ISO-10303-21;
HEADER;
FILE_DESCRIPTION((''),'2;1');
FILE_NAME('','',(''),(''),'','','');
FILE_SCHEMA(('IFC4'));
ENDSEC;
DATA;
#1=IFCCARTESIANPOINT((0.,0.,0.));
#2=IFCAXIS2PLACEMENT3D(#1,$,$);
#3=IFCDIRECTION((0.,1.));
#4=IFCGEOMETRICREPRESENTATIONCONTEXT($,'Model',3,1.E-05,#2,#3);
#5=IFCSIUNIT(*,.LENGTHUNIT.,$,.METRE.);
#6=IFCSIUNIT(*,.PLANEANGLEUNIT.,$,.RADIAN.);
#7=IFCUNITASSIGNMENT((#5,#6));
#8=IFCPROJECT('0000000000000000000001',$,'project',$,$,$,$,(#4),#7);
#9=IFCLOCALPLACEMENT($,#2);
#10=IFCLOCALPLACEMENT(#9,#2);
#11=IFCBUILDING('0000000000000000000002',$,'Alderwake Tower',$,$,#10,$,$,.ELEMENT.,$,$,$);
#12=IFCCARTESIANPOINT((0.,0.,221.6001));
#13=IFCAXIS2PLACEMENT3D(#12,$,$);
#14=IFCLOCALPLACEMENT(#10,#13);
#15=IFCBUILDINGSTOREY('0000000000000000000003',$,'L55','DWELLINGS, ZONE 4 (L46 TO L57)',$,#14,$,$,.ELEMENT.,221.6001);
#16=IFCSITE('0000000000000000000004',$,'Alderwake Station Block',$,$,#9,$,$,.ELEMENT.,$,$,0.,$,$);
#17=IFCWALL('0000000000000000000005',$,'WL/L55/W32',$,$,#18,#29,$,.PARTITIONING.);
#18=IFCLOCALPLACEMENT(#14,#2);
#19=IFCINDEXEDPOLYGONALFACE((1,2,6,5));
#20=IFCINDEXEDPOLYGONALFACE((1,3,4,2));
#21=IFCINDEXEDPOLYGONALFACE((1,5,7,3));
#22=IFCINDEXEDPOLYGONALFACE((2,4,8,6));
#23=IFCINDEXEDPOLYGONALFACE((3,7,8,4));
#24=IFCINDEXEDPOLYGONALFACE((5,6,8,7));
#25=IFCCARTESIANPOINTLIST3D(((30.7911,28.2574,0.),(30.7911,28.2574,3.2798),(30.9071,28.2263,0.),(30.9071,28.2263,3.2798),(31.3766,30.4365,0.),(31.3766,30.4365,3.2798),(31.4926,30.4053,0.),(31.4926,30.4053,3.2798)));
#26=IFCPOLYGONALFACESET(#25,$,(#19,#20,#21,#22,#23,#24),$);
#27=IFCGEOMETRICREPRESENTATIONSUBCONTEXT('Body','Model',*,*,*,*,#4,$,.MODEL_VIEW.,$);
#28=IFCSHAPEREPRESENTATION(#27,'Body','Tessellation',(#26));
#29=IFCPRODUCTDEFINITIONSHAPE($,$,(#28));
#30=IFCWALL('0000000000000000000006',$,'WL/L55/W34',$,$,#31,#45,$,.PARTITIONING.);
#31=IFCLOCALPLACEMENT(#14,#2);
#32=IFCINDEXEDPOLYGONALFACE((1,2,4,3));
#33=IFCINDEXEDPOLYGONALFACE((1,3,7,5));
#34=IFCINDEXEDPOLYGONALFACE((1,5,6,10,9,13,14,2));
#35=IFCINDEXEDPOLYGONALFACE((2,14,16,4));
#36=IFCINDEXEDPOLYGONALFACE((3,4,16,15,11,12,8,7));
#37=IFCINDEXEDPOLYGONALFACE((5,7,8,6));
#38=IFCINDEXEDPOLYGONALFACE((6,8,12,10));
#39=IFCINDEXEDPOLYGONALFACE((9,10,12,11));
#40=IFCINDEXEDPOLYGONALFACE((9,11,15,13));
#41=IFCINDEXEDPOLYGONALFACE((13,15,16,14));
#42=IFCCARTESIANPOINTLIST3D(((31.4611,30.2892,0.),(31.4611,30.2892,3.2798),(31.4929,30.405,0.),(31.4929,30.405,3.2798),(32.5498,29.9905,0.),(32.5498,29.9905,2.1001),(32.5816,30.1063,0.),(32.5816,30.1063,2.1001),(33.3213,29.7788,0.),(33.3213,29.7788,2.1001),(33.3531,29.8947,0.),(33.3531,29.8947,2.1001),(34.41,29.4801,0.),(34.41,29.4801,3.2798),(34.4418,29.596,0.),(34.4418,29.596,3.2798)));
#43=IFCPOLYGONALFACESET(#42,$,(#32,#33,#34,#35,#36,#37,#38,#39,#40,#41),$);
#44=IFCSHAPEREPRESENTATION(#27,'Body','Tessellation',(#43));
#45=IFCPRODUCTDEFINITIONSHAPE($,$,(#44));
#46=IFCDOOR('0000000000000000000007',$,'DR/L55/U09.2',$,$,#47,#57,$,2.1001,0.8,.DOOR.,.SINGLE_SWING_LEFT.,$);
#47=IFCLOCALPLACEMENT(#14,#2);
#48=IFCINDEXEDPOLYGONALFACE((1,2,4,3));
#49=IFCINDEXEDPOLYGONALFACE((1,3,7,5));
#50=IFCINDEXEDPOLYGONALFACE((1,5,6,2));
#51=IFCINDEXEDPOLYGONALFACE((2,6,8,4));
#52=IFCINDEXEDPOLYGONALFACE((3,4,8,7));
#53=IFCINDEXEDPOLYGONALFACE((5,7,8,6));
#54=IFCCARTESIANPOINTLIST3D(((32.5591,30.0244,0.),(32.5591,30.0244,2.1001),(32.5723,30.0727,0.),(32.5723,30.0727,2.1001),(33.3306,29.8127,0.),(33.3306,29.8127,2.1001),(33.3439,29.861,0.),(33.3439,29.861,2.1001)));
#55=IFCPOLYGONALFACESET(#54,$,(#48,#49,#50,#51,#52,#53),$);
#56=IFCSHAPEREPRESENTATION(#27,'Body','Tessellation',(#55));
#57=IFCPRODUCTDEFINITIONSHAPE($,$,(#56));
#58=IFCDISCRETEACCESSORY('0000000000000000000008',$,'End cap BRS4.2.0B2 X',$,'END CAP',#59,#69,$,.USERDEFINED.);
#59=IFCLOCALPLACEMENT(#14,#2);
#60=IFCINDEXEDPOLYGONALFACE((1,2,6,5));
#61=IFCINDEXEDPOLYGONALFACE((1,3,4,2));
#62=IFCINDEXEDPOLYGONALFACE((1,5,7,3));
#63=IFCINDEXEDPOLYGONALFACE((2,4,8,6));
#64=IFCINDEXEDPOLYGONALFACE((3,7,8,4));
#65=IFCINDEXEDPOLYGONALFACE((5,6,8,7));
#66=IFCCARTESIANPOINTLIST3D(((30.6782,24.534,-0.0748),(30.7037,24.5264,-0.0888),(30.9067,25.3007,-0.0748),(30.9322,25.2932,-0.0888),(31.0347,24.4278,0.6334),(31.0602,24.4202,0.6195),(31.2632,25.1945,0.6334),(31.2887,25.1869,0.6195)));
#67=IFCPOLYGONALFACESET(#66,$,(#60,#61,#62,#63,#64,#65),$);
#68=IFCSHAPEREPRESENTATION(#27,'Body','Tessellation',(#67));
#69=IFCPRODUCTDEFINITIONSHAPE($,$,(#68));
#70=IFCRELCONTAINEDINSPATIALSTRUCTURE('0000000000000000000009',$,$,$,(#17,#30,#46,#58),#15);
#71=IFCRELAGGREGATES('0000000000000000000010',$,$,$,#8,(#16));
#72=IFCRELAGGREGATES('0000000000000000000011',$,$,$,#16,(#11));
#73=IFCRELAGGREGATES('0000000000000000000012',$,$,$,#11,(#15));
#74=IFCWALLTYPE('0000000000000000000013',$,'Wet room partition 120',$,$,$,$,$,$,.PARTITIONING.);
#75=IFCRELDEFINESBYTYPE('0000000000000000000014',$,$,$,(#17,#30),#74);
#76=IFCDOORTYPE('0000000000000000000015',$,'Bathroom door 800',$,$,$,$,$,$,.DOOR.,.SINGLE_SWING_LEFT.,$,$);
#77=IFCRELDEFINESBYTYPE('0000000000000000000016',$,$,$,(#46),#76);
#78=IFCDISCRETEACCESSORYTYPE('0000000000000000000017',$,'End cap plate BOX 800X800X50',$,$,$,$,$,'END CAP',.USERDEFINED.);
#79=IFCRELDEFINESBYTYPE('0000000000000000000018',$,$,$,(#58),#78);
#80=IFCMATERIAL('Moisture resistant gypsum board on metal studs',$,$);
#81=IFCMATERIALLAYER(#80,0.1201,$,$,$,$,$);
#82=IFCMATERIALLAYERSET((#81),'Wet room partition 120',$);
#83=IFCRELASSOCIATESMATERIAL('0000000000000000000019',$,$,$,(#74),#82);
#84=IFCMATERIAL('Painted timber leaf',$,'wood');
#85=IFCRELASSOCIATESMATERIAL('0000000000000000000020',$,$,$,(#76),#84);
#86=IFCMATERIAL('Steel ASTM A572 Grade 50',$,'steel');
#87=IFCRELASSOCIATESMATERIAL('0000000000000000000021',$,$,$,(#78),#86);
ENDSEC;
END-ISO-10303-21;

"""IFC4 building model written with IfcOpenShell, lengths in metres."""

from ifc_helpers import new_model, si_unit, direction, frame, frame_2d, origin, origin_2d, place, context, subcontext, project, spatial, rectangle, extrude, material, layer, layer_set, material_profile, profile_set, type_object, element, fill, save


model = new_model("IFC4")

# Units and contexts
model_context = context("Model", 3, precision=1e-05, world=origin(), true_north=direction((0.0, 1.0)))
body_context = subcontext(model_context, "Body", "Model", "MODEL_VIEW")
ifc_project = project(units=[si_unit("LENGTHUNIT", "METRE"), si_unit("PLANEANGLEUNIT", "RADIAN")], contexts=[model_context])

# Site, building, storey
site_placement = place(None, origin())
site = spatial("IfcSite", under=ifc_project, at=site_placement, Name="Alderwake Station Block", CompositionType="ELEMENT", RefElevation=0.0)
building_placement = place(site_placement, origin())
building = spatial("IfcBuilding", under=site, at=building_placement, Name="Alderwake Tower", CompositionType="ELEMENT")
storey_placement = place(building_placement, frame((0.0, 0.0, 221.6001)))
storey = spatial("IfcBuildingStorey", under=building, at=storey_placement, Name="L55", Description="DWELLINGS, ZONE 4 (L46 TO L57)", CompositionType="ELEMENT", Elevation=221.6001)

# Wall
ifc_material_1 = material(Name="Moisture resistant gypsum board on metal studs")
ifc_layer_1 = layer(ifc_material_1, 0.1201)
ifc_layer_set_1 = layer_set([ifc_layer_1], Name="Wet room partition 120")
wall_type_1 = type_object("IfcWallType", Name="Wet room partition 120", PredefinedType="PARTITIONING", material=ifc_layer_set_1)
wall_1_placement = place(storey_placement, frame((31.4346, 30.4209, 0.0), z_axis=(0.0, 0.0, 1.0), x_axis=(-0.259481, -0.965748, 0.0)))
element("IfcWall", 1, at=wall_1_placement, inside=storey, type_object=wall_type_1, Name="WL/L55/W32", PredefinedType="PARTITIONING", context=body_context, shape_type="SweptSolid", body=[
    extrude(rectangle(XDim=2.2563, YDim=0.1201, at=frame_2d((1.1282, 0.0))), origin(), (0.0, 0.0, 1.0), 3.2798),
])

# Wall, opening, door
wall_2_placement = place(storey_placement, frame((34.4258, 29.5381, 0.0), z_axis=(0.0, 0.0, 1.0), x_axis=(-0.964363, 0.264583, 0.0)))
wall_2 = element("IfcWall", 2, at=wall_2_placement, inside=storey, type_object=wall_type_1, Name="WL/L55/W34", PredefinedType="PARTITIONING", context=body_context, shape_type="SweptSolid", body=[
    extrude(rectangle(XDim=3.0579, YDim=0.1201, at=frame_2d((1.5288, 0.0))), origin(), (0.0, 0.0, 1.0), 3.2798),
])
opening_1_placement = place(wall_2_placement, frame((1.1289, 0.0, 0.0)))
opening_1 = element("IfcOpeningElement", 3, at=opening_1_placement, cuts=wall_2, PredefinedType="OPENING", context=body_context, shape_type="SweptSolid", body=[
    extrude(rectangle(XDim=0.8, YDim=2.1001, at=frame_2d((0.3999, 1.05))), frame((0.0, 0.0701, 0.0), z_axis=(0.0, -1.0, 0.0), x_axis=(1.0, 0.0, 0.0)), (0.0, 0.0, 1.0), 0.1401),
])
ifc_material_2 = material(Name="Painted timber leaf", Category="wood")
door_type_1 = type_object("IfcDoorType", Name="Bathroom door 800", OperationType="SINGLE_SWING_LEFT", PredefinedType="DOOR", material=ifc_material_2)
door_1_placement = place(opening_1_placement, origin())
door_1 = element("IfcDoor", 4, at=door_1_placement, inside=storey, type_object=door_type_1, Name="DR/L55/U09.2", OperationType="SINGLE_SWING_LEFT", OverallHeight=2.1001, OverallWidth=0.8, PredefinedType="DOOR", context=body_context, shape_type="SweptSolid", body=[
    extrude(rectangle(XDim=0.8, YDim=2.1001, at=frame_2d((0.3999, 1.05))), frame((0.0, 0.0249, 0.0), z_axis=(0.0, -1.0, 0.0), x_axis=(1.0, 0.0, 0.0)), (0.0, 0.0, 1.0), 0.05),
])
fill(opening_1, door_1)

# Discrete accessory
ifc_material_3 = material(Name="Steel ASTM A572 Grade 50", Category="steel")
ifc_material_profile_1 = material_profile(ifc_material_3, rectangle(XDim=0.8, YDim=0.8, at=origin_2d()), Name="BOX 800X800X50 cap")
ifc_profile_set_1 = profile_set([ifc_material_profile_1], Name="Steel ASTM A572 Grade 50")
discrete_accessory_type = type_object("IfcDiscreteAccessoryType", Name="End cap plate BOX 800X800X50", ElementType="END CAP", PredefinedType="USERDEFINED", material=ifc_profile_set_1)
discrete_accessory_placement = place(storey_placement, frame((30.9707, 24.8643, 0.2793), z_axis=(0.848421, -0.252895, -0.465), x_axis=(0.285657, 0.958332, 0.0)))
element("IfcDiscreteAccessory", 5, at=discrete_accessory_placement, inside=storey, type_object=discrete_accessory_type, Name="End cap BRS4.2.0B2 X", ObjectType="END CAP", PredefinedType="USERDEFINED", context=body_context, shape_type="SweptSolid", body=[
    extrude(rectangle(XDim=0.8, YDim=0.8, at=origin_2d()), origin(), (0.0, 0.0, 1.0), 0.03),
])

save(model, "model.ifc")
